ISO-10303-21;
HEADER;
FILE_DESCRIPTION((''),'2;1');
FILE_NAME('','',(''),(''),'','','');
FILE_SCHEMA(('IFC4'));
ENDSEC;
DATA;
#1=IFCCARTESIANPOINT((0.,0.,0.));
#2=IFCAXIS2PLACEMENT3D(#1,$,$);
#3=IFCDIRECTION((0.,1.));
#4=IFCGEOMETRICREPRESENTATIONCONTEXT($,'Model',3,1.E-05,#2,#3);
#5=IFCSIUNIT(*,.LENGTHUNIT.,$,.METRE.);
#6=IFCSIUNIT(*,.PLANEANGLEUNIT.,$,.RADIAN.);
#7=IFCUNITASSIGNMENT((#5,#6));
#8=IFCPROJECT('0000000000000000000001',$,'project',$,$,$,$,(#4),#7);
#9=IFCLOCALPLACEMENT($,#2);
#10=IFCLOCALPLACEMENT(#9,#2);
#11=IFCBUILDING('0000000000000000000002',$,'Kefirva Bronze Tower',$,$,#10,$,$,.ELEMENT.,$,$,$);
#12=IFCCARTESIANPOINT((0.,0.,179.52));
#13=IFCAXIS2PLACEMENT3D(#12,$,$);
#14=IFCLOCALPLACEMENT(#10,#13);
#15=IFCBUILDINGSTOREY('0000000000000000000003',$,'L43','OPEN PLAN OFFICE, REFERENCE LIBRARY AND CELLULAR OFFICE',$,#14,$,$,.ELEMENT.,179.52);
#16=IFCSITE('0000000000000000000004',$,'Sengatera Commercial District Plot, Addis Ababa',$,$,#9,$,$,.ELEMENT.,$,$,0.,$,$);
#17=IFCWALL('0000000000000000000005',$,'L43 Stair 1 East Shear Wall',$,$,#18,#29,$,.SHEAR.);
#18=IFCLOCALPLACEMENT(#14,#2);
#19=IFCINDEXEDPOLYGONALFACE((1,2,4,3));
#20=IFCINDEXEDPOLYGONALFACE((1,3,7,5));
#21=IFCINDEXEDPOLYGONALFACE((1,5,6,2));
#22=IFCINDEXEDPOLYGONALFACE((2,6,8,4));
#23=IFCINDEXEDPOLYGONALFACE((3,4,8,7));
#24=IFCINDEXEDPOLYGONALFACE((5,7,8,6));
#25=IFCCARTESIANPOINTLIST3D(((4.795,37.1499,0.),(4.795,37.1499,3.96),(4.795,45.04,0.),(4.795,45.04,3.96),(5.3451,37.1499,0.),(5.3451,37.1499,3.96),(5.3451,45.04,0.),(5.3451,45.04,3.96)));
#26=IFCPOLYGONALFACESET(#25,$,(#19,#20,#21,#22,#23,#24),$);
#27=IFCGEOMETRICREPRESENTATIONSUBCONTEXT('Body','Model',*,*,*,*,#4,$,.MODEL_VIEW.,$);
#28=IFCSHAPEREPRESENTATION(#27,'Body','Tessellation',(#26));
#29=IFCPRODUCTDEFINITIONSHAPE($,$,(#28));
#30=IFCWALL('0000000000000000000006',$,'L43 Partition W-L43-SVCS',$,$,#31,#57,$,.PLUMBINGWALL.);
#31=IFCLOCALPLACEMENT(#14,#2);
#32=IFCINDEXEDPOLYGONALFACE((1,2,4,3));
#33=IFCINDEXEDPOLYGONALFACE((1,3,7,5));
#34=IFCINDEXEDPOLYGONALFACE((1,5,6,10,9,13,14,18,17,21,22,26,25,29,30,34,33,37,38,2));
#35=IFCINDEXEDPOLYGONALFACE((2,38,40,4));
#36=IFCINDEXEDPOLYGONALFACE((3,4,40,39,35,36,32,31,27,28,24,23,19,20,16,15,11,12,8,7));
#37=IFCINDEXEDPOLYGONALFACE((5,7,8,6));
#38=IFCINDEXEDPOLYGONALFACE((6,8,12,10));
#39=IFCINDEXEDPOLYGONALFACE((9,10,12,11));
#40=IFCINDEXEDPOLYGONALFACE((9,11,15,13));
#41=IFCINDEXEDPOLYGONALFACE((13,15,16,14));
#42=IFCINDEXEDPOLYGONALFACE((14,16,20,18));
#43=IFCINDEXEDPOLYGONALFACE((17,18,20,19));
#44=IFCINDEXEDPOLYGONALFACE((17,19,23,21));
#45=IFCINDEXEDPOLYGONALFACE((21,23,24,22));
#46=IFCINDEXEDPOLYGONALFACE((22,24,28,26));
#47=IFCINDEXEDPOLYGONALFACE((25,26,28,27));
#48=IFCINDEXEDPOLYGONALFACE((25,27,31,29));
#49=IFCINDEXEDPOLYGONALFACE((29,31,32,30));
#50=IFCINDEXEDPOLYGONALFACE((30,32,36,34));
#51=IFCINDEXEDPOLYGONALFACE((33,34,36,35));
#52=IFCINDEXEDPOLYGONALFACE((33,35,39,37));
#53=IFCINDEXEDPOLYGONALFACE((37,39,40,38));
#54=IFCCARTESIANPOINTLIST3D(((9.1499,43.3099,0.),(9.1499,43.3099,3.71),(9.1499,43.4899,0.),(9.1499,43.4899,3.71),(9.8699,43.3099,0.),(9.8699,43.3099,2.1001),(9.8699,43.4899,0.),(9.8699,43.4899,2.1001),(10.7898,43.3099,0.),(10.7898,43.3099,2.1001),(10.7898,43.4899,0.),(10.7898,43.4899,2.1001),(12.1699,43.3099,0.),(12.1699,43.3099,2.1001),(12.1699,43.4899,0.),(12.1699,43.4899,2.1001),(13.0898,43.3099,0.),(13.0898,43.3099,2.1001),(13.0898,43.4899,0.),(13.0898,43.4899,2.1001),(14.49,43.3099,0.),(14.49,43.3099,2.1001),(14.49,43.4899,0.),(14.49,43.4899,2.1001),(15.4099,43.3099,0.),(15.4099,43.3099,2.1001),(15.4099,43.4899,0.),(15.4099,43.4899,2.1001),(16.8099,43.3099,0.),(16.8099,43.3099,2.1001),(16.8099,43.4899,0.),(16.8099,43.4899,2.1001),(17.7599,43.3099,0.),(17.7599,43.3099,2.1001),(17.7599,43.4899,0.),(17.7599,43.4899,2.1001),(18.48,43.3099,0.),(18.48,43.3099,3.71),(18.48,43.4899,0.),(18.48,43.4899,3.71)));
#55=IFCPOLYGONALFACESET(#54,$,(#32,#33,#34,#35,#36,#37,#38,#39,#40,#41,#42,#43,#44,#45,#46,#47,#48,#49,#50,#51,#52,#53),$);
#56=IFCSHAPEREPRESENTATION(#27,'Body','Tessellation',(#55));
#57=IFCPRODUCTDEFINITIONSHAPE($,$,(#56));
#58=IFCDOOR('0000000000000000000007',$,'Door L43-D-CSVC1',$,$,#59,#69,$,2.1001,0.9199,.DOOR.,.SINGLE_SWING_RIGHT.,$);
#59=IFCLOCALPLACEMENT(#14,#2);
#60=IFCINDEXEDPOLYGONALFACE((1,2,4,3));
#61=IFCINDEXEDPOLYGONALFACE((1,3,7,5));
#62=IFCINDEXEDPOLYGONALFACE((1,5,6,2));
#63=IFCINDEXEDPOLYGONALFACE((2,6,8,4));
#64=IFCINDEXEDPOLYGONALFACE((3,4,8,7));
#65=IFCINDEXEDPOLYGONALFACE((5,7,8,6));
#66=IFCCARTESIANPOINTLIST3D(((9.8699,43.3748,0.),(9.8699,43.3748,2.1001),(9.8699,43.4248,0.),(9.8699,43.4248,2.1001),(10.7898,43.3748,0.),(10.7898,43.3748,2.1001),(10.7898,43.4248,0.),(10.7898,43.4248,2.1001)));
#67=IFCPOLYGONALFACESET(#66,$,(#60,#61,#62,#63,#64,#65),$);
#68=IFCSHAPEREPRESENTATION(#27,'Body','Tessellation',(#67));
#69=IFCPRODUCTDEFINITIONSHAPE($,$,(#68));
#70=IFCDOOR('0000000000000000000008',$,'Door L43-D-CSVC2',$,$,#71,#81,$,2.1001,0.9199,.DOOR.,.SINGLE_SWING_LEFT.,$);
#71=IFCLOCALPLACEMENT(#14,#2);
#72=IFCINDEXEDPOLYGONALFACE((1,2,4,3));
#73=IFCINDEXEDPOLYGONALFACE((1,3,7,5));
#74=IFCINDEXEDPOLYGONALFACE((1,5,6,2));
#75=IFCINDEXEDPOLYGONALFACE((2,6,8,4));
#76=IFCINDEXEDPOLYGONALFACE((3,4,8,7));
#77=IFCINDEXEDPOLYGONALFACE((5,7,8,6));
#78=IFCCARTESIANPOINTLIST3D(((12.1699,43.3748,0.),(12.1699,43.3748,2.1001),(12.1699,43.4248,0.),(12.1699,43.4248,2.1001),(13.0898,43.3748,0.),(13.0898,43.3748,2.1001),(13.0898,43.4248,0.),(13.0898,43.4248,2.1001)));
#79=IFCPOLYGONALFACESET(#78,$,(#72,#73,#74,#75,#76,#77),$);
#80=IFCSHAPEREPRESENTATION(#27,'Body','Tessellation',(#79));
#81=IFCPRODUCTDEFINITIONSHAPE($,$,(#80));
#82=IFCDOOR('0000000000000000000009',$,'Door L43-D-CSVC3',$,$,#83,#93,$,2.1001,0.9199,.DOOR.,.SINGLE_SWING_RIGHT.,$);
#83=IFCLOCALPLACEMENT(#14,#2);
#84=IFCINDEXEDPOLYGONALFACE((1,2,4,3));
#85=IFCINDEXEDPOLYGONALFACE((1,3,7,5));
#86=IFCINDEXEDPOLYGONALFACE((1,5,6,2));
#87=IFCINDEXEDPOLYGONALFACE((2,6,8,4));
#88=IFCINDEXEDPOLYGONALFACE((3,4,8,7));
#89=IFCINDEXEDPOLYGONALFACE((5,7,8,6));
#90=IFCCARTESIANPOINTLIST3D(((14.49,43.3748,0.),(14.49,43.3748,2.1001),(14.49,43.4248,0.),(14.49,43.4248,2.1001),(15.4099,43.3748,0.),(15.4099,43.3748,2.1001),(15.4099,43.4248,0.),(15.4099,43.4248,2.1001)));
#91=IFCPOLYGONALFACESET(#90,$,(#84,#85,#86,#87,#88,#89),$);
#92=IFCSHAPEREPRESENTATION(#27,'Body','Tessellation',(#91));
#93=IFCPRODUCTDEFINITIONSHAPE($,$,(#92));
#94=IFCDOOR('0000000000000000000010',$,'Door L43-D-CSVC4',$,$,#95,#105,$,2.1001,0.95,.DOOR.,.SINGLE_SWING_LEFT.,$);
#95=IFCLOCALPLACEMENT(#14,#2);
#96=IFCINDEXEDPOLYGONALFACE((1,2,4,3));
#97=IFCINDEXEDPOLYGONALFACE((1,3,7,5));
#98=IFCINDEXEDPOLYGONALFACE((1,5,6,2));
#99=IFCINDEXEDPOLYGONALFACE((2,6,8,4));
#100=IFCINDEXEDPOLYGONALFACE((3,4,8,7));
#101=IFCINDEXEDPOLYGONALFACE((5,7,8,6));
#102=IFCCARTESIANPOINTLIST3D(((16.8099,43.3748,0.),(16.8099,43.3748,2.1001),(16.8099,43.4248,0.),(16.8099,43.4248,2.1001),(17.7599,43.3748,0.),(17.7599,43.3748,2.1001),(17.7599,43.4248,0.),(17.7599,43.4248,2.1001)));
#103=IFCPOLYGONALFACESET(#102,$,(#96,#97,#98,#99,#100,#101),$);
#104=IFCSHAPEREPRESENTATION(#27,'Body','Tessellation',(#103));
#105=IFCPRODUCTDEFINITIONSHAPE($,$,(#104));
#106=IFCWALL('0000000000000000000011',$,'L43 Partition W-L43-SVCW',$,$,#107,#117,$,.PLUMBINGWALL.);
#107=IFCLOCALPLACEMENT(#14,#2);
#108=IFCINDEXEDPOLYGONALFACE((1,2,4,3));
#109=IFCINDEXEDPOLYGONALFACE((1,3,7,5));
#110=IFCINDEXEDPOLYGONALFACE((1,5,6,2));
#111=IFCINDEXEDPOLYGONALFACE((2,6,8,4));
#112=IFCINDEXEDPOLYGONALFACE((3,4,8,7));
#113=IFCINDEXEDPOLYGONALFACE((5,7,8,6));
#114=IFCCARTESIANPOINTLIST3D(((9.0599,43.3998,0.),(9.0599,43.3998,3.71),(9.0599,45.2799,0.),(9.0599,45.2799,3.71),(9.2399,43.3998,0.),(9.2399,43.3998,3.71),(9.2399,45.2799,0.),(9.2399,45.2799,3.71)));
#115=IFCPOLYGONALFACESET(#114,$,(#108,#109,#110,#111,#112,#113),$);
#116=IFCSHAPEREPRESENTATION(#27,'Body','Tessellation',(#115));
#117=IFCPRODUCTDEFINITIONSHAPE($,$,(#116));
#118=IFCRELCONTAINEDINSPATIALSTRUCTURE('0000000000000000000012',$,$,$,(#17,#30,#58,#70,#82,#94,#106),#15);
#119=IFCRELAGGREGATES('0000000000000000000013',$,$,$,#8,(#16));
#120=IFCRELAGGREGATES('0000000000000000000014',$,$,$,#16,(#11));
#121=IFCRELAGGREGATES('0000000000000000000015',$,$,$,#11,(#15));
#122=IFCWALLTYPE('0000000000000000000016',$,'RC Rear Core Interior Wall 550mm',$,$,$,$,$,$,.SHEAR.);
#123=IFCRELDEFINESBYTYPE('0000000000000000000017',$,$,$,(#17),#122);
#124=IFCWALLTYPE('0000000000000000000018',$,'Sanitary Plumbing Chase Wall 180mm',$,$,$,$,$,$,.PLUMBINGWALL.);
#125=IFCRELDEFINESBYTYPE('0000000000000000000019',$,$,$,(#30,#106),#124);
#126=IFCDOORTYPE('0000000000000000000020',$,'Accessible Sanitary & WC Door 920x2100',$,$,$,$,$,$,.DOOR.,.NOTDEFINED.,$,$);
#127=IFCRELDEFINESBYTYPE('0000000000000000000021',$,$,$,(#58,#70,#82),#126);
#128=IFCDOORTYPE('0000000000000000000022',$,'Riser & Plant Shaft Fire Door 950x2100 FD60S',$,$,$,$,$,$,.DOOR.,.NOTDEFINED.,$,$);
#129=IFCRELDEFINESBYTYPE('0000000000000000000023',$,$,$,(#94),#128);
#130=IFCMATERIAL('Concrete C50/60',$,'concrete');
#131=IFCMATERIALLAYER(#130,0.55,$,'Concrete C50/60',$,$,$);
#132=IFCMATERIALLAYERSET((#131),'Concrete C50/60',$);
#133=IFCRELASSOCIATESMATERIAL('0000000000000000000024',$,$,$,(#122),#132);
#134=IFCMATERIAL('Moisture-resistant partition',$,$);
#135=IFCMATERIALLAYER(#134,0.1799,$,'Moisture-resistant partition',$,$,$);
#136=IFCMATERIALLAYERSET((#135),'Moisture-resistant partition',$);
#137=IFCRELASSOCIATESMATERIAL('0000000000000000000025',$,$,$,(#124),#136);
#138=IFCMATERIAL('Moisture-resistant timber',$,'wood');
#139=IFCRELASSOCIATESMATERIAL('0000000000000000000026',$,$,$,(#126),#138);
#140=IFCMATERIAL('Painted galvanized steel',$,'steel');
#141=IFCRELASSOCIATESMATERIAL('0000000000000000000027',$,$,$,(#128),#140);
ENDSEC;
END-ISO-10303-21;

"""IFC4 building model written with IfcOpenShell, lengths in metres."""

from ifc_helpers import new_model, si_unit, direction, frame, frame_2d, origin, place, context, subcontext, project, spatial, rectangle, extrude, material, layer, layer_set, type_object, element, fill, save


model = new_model("IFC4")

# Units and contexts
model_context = context("Model", 3, precision=1e-05, world=origin(), true_north=direction((0.0, 1.0)))
body_context = subcontext(model_context, "Body", "Model", "MODEL_VIEW")
ifc_project = project(units=[si_unit("LENGTHUNIT", "METRE"), si_unit("PLANEANGLEUNIT", "RADIAN")], contexts=[model_context])

# Site, building, storey
site_placement = place(None, origin())
site = spatial("IfcSite", under=ifc_project, at=site_placement, Name="Sengatera Commercial District Plot, Addis Ababa", CompositionType="ELEMENT", RefElevation=0.0)
building_placement = place(site_placement, origin())
building = spatial("IfcBuilding", under=site, at=building_placement, Name="Kefirva Bronze Tower", CompositionType="ELEMENT")
storey_placement = place(building_placement, frame((0.0, 0.0, 179.52)))
storey = spatial("IfcBuildingStorey", under=building, at=storey_placement, Name="L43", Description="OPEN PLAN OFFICE, REFERENCE LIBRARY AND CELLULAR OFFICE", CompositionType="ELEMENT", Elevation=179.52)

# Shared definitions
ifc_material_1 = material(Name="Painted galvanized steel", Category="steel")

# Wall
ifc_material_2 = material(Name="Concrete C50/60", Category="concrete")
ifc_layer_1 = layer(ifc_material_2, 0.55, Name="Concrete C50/60")
ifc_layer_set_1 = layer_set([ifc_layer_1], Name="Concrete C50/60")
wall_type_1 = type_object("IfcWallType", Name="RC Rear Core Interior Wall 550mm", PredefinedType="SHEAR", material=ifc_layer_set_1)
wall_1_placement = place(storey_placement, frame((5.0701, 37.1499, 0.0), z_axis=(0.0, 0.0, 1.0), x_axis=(0.0, 1.0, 0.0)))
element("IfcWall", 1, at=wall_1_placement, inside=storey, type_object=wall_type_1, Name="L43 Stair 1 East Shear Wall", PredefinedType="SHEAR", context=body_context, shape_type="SweptSolid", body=[
    extrude(rectangle(XDim=7.8901, YDim=0.55, at=frame_2d((3.9451, 0.0))), origin(), (0.0, 0.0, 1.0), 3.96),
])

# Wall, openings, doors
ifc_material_3 = material(Name="Moisture-resistant partition")
ifc_layer_2 = layer(ifc_material_3, 0.1799, Name="Moisture-resistant partition")
ifc_layer_set_2 = layer_set([ifc_layer_2], Name="Moisture-resistant partition")
wall_type_2 = type_object("IfcWallType", Name="Sanitary Plumbing Chase Wall 180mm", PredefinedType="PLUMBINGWALL", material=ifc_layer_set_2)
wall_2_placement = place(storey_placement, frame((9.1499, 43.3999, 0.0), z_axis=(0.0, 0.0, 1.0), x_axis=(1.0, 0.0, 0.0)))
wall_2 = element("IfcWall", 2, at=wall_2_placement, inside=storey, type_object=wall_type_2, Name="L43 Partition W-L43-SVCS", PredefinedType="PLUMBINGWALL", context=body_context, shape_type="SweptSolid", body=[
    extrude(rectangle(XDim=9.3301, YDim=0.1799, at=frame_2d((4.665, 0.0))), origin(), (0.0, 0.0, 1.0), 3.71),
])
opening_1_placement = place(wall_2_placement, frame((0.72, 0.0, 0.0)))
opening_1 = element("IfcOpeningElement", 3, at=opening_1_placement, cuts=wall_2, PredefinedType="OPENING", context=body_context, shape_type="SweptSolid", body=[
    extrude(rectangle(XDim=0.9199, YDim=2.1001, at=frame_2d((0.46, 1.05))), frame((0.0, 0.1001, 0.0), z_axis=(0.0, -1.0, 0.0), x_axis=(1.0, 0.0, 0.0)), (0.0, 0.0, 1.0), 0.2),
])
opening_2_placement = place(wall_2_placement, frame((3.02, 0.0, 0.0)))
opening_2 = element("IfcOpeningElement", 4, at=opening_2_placement, cuts=wall_2, PredefinedType="OPENING", context=body_context, shape_type="SweptSolid", body=[
    extrude(rectangle(XDim=0.9199, YDim=2.1001, at=frame_2d((0.46, 1.05))), frame((0.0, 0.1001, 0.0), z_axis=(0.0, -1.0, 0.0), x_axis=(1.0, 0.0, 0.0)), (0.0, 0.0, 1.0), 0.2),
])
opening_3_placement = place(wall_2_placement, frame((5.3401, 0.0, 0.0)))
opening_3 = element("IfcOpeningElement", 5, at=opening_3_placement, cuts=wall_2, PredefinedType="OPENING", context=body_context, shape_type="SweptSolid", body=[
    extrude(rectangle(XDim=0.9199, YDim=2.1001, at=frame_2d((0.46, 1.05))), frame((0.0, 0.1001, 0.0), z_axis=(0.0, -1.0, 0.0), x_axis=(1.0, 0.0, 0.0)), (0.0, 0.0, 1.0), 0.2),
])
opening_4_placement = place(wall_2_placement, frame((7.6599, 0.0, 0.0)))
opening_4 = element("IfcOpeningElement", 6, at=opening_4_placement, cuts=wall_2, PredefinedType="OPENING", context=body_context, shape_type="SweptSolid", body=[
    extrude(rectangle(XDim=0.95, YDim=2.1001, at=frame_2d((0.4751, 1.05))), frame((0.0, 0.1001, 0.0), z_axis=(0.0, -1.0, 0.0), x_axis=(1.0, 0.0, 0.0)), (0.0, 0.0, 1.0), 0.2),
])
ifc_material_4 = material(Name="Moisture-resistant timber", Category="wood")
door_type_1 = type_object("IfcDoorType", Name="Accessible Sanitary & WC Door 920x2100", OperationType="NOTDEFINED", PredefinedType="DOOR", material=ifc_material_4)
door_1_placement = place(opening_1_placement, origin())
door_1 = element("IfcDoor", 7, at=door_1_placement, inside=storey, type_object=door_type_1, Name="Door L43-D-CSVC1", OperationType="SINGLE_SWING_RIGHT", OverallHeight=2.1001, OverallWidth=0.9199, PredefinedType="DOOR", context=body_context, shape_type="SweptSolid", body=[
    extrude(rectangle(XDim=0.9199, YDim=2.1001, at=frame_2d((0.46, 1.05))), frame((0.0, 0.0249, 0.0), z_axis=(0.0, -1.0, 0.0), x_axis=(1.0, 0.0, 0.0)), (0.0, 0.0, 1.0), 0.05),
])
fill(opening_1, door_1)
door_2_placement = place(opening_2_placement, origin())
door_2 = element("IfcDoor", 8, at=door_2_placement, inside=storey, type_object=door_type_1, Name="Door L43-D-CSVC2", OperationType="SINGLE_SWING_LEFT", OverallHeight=2.1001, OverallWidth=0.9199, PredefinedType="DOOR", context=body_context, shape_type="SweptSolid", body=[
    extrude(rectangle(XDim=0.9199, YDim=2.1001, at=frame_2d((0.46, 1.05))), frame((0.0, 0.0249, 0.0), z_axis=(0.0, -1.0, 0.0), x_axis=(1.0, 0.0, 0.0)), (0.0, 0.0, 1.0), 0.05),
])
fill(opening_2, door_2)
door_3_placement = place(opening_3_placement, origin())
door_3 = element("IfcDoor", 9, at=door_3_placement, inside=storey, type_object=door_type_1, Name="Door L43-D-CSVC3", OperationType="SINGLE_SWING_RIGHT", OverallHeight=2.1001, OverallWidth=0.9199, PredefinedType="DOOR", context=body_context, shape_type="SweptSolid", body=[
    extrude(rectangle(XDim=0.9199, YDim=2.1001, at=frame_2d((0.46, 1.05))), frame((0.0, 0.0249, 0.0), z_axis=(0.0, -1.0, 0.0), x_axis=(1.0, 0.0, 0.0)), (0.0, 0.0, 1.0), 0.05),
])
fill(opening_3, door_3)
door_type_2 = type_object("IfcDoorType", Name="Riser & Plant Shaft Fire Door 950x2100 FD60S", OperationType="NOTDEFINED", PredefinedType="DOOR", material=ifc_material_1)
door_4_placement = place(opening_4_placement, origin())
door_4 = element("IfcDoor", 10, at=door_4_placement, inside=storey, type_object=door_type_2, Name="Door L43-D-CSVC4", OperationType="SINGLE_SWING_LEFT", OverallHeight=2.1001, OverallWidth=0.95, PredefinedType="DOOR", context=body_context, shape_type="SweptSolid", body=[
    extrude(rectangle(XDim=0.95, YDim=2.1001, at=frame_2d((0.4751, 1.05))), frame((0.0, 0.0249, 0.0), z_axis=(0.0, -1.0, 0.0), x_axis=(1.0, 0.0, 0.0)), (0.0, 0.0, 1.0), 0.05),
])
fill(opening_4, door_4)

# Wall
wall_3_placement = place(storey_placement, frame((9.1499, 43.3999, 0.0), z_axis=(0.0, 0.0, 1.0), x_axis=(0.0, 1.0, 0.0)))
element("IfcWall", 11, at=wall_3_placement, inside=storey, type_object=wall_type_2, Name="L43 Partition W-L43-SVCW", PredefinedType="PLUMBINGWALL", context=body_context, shape_type="SweptSolid", body=[
    extrude(rectangle(XDim=1.8801, YDim=0.1799, at=frame_2d((0.9399, 0.0))), origin(), (0.0, 0.0, 1.0), 3.71),
])

save(model, "model.ifc")
